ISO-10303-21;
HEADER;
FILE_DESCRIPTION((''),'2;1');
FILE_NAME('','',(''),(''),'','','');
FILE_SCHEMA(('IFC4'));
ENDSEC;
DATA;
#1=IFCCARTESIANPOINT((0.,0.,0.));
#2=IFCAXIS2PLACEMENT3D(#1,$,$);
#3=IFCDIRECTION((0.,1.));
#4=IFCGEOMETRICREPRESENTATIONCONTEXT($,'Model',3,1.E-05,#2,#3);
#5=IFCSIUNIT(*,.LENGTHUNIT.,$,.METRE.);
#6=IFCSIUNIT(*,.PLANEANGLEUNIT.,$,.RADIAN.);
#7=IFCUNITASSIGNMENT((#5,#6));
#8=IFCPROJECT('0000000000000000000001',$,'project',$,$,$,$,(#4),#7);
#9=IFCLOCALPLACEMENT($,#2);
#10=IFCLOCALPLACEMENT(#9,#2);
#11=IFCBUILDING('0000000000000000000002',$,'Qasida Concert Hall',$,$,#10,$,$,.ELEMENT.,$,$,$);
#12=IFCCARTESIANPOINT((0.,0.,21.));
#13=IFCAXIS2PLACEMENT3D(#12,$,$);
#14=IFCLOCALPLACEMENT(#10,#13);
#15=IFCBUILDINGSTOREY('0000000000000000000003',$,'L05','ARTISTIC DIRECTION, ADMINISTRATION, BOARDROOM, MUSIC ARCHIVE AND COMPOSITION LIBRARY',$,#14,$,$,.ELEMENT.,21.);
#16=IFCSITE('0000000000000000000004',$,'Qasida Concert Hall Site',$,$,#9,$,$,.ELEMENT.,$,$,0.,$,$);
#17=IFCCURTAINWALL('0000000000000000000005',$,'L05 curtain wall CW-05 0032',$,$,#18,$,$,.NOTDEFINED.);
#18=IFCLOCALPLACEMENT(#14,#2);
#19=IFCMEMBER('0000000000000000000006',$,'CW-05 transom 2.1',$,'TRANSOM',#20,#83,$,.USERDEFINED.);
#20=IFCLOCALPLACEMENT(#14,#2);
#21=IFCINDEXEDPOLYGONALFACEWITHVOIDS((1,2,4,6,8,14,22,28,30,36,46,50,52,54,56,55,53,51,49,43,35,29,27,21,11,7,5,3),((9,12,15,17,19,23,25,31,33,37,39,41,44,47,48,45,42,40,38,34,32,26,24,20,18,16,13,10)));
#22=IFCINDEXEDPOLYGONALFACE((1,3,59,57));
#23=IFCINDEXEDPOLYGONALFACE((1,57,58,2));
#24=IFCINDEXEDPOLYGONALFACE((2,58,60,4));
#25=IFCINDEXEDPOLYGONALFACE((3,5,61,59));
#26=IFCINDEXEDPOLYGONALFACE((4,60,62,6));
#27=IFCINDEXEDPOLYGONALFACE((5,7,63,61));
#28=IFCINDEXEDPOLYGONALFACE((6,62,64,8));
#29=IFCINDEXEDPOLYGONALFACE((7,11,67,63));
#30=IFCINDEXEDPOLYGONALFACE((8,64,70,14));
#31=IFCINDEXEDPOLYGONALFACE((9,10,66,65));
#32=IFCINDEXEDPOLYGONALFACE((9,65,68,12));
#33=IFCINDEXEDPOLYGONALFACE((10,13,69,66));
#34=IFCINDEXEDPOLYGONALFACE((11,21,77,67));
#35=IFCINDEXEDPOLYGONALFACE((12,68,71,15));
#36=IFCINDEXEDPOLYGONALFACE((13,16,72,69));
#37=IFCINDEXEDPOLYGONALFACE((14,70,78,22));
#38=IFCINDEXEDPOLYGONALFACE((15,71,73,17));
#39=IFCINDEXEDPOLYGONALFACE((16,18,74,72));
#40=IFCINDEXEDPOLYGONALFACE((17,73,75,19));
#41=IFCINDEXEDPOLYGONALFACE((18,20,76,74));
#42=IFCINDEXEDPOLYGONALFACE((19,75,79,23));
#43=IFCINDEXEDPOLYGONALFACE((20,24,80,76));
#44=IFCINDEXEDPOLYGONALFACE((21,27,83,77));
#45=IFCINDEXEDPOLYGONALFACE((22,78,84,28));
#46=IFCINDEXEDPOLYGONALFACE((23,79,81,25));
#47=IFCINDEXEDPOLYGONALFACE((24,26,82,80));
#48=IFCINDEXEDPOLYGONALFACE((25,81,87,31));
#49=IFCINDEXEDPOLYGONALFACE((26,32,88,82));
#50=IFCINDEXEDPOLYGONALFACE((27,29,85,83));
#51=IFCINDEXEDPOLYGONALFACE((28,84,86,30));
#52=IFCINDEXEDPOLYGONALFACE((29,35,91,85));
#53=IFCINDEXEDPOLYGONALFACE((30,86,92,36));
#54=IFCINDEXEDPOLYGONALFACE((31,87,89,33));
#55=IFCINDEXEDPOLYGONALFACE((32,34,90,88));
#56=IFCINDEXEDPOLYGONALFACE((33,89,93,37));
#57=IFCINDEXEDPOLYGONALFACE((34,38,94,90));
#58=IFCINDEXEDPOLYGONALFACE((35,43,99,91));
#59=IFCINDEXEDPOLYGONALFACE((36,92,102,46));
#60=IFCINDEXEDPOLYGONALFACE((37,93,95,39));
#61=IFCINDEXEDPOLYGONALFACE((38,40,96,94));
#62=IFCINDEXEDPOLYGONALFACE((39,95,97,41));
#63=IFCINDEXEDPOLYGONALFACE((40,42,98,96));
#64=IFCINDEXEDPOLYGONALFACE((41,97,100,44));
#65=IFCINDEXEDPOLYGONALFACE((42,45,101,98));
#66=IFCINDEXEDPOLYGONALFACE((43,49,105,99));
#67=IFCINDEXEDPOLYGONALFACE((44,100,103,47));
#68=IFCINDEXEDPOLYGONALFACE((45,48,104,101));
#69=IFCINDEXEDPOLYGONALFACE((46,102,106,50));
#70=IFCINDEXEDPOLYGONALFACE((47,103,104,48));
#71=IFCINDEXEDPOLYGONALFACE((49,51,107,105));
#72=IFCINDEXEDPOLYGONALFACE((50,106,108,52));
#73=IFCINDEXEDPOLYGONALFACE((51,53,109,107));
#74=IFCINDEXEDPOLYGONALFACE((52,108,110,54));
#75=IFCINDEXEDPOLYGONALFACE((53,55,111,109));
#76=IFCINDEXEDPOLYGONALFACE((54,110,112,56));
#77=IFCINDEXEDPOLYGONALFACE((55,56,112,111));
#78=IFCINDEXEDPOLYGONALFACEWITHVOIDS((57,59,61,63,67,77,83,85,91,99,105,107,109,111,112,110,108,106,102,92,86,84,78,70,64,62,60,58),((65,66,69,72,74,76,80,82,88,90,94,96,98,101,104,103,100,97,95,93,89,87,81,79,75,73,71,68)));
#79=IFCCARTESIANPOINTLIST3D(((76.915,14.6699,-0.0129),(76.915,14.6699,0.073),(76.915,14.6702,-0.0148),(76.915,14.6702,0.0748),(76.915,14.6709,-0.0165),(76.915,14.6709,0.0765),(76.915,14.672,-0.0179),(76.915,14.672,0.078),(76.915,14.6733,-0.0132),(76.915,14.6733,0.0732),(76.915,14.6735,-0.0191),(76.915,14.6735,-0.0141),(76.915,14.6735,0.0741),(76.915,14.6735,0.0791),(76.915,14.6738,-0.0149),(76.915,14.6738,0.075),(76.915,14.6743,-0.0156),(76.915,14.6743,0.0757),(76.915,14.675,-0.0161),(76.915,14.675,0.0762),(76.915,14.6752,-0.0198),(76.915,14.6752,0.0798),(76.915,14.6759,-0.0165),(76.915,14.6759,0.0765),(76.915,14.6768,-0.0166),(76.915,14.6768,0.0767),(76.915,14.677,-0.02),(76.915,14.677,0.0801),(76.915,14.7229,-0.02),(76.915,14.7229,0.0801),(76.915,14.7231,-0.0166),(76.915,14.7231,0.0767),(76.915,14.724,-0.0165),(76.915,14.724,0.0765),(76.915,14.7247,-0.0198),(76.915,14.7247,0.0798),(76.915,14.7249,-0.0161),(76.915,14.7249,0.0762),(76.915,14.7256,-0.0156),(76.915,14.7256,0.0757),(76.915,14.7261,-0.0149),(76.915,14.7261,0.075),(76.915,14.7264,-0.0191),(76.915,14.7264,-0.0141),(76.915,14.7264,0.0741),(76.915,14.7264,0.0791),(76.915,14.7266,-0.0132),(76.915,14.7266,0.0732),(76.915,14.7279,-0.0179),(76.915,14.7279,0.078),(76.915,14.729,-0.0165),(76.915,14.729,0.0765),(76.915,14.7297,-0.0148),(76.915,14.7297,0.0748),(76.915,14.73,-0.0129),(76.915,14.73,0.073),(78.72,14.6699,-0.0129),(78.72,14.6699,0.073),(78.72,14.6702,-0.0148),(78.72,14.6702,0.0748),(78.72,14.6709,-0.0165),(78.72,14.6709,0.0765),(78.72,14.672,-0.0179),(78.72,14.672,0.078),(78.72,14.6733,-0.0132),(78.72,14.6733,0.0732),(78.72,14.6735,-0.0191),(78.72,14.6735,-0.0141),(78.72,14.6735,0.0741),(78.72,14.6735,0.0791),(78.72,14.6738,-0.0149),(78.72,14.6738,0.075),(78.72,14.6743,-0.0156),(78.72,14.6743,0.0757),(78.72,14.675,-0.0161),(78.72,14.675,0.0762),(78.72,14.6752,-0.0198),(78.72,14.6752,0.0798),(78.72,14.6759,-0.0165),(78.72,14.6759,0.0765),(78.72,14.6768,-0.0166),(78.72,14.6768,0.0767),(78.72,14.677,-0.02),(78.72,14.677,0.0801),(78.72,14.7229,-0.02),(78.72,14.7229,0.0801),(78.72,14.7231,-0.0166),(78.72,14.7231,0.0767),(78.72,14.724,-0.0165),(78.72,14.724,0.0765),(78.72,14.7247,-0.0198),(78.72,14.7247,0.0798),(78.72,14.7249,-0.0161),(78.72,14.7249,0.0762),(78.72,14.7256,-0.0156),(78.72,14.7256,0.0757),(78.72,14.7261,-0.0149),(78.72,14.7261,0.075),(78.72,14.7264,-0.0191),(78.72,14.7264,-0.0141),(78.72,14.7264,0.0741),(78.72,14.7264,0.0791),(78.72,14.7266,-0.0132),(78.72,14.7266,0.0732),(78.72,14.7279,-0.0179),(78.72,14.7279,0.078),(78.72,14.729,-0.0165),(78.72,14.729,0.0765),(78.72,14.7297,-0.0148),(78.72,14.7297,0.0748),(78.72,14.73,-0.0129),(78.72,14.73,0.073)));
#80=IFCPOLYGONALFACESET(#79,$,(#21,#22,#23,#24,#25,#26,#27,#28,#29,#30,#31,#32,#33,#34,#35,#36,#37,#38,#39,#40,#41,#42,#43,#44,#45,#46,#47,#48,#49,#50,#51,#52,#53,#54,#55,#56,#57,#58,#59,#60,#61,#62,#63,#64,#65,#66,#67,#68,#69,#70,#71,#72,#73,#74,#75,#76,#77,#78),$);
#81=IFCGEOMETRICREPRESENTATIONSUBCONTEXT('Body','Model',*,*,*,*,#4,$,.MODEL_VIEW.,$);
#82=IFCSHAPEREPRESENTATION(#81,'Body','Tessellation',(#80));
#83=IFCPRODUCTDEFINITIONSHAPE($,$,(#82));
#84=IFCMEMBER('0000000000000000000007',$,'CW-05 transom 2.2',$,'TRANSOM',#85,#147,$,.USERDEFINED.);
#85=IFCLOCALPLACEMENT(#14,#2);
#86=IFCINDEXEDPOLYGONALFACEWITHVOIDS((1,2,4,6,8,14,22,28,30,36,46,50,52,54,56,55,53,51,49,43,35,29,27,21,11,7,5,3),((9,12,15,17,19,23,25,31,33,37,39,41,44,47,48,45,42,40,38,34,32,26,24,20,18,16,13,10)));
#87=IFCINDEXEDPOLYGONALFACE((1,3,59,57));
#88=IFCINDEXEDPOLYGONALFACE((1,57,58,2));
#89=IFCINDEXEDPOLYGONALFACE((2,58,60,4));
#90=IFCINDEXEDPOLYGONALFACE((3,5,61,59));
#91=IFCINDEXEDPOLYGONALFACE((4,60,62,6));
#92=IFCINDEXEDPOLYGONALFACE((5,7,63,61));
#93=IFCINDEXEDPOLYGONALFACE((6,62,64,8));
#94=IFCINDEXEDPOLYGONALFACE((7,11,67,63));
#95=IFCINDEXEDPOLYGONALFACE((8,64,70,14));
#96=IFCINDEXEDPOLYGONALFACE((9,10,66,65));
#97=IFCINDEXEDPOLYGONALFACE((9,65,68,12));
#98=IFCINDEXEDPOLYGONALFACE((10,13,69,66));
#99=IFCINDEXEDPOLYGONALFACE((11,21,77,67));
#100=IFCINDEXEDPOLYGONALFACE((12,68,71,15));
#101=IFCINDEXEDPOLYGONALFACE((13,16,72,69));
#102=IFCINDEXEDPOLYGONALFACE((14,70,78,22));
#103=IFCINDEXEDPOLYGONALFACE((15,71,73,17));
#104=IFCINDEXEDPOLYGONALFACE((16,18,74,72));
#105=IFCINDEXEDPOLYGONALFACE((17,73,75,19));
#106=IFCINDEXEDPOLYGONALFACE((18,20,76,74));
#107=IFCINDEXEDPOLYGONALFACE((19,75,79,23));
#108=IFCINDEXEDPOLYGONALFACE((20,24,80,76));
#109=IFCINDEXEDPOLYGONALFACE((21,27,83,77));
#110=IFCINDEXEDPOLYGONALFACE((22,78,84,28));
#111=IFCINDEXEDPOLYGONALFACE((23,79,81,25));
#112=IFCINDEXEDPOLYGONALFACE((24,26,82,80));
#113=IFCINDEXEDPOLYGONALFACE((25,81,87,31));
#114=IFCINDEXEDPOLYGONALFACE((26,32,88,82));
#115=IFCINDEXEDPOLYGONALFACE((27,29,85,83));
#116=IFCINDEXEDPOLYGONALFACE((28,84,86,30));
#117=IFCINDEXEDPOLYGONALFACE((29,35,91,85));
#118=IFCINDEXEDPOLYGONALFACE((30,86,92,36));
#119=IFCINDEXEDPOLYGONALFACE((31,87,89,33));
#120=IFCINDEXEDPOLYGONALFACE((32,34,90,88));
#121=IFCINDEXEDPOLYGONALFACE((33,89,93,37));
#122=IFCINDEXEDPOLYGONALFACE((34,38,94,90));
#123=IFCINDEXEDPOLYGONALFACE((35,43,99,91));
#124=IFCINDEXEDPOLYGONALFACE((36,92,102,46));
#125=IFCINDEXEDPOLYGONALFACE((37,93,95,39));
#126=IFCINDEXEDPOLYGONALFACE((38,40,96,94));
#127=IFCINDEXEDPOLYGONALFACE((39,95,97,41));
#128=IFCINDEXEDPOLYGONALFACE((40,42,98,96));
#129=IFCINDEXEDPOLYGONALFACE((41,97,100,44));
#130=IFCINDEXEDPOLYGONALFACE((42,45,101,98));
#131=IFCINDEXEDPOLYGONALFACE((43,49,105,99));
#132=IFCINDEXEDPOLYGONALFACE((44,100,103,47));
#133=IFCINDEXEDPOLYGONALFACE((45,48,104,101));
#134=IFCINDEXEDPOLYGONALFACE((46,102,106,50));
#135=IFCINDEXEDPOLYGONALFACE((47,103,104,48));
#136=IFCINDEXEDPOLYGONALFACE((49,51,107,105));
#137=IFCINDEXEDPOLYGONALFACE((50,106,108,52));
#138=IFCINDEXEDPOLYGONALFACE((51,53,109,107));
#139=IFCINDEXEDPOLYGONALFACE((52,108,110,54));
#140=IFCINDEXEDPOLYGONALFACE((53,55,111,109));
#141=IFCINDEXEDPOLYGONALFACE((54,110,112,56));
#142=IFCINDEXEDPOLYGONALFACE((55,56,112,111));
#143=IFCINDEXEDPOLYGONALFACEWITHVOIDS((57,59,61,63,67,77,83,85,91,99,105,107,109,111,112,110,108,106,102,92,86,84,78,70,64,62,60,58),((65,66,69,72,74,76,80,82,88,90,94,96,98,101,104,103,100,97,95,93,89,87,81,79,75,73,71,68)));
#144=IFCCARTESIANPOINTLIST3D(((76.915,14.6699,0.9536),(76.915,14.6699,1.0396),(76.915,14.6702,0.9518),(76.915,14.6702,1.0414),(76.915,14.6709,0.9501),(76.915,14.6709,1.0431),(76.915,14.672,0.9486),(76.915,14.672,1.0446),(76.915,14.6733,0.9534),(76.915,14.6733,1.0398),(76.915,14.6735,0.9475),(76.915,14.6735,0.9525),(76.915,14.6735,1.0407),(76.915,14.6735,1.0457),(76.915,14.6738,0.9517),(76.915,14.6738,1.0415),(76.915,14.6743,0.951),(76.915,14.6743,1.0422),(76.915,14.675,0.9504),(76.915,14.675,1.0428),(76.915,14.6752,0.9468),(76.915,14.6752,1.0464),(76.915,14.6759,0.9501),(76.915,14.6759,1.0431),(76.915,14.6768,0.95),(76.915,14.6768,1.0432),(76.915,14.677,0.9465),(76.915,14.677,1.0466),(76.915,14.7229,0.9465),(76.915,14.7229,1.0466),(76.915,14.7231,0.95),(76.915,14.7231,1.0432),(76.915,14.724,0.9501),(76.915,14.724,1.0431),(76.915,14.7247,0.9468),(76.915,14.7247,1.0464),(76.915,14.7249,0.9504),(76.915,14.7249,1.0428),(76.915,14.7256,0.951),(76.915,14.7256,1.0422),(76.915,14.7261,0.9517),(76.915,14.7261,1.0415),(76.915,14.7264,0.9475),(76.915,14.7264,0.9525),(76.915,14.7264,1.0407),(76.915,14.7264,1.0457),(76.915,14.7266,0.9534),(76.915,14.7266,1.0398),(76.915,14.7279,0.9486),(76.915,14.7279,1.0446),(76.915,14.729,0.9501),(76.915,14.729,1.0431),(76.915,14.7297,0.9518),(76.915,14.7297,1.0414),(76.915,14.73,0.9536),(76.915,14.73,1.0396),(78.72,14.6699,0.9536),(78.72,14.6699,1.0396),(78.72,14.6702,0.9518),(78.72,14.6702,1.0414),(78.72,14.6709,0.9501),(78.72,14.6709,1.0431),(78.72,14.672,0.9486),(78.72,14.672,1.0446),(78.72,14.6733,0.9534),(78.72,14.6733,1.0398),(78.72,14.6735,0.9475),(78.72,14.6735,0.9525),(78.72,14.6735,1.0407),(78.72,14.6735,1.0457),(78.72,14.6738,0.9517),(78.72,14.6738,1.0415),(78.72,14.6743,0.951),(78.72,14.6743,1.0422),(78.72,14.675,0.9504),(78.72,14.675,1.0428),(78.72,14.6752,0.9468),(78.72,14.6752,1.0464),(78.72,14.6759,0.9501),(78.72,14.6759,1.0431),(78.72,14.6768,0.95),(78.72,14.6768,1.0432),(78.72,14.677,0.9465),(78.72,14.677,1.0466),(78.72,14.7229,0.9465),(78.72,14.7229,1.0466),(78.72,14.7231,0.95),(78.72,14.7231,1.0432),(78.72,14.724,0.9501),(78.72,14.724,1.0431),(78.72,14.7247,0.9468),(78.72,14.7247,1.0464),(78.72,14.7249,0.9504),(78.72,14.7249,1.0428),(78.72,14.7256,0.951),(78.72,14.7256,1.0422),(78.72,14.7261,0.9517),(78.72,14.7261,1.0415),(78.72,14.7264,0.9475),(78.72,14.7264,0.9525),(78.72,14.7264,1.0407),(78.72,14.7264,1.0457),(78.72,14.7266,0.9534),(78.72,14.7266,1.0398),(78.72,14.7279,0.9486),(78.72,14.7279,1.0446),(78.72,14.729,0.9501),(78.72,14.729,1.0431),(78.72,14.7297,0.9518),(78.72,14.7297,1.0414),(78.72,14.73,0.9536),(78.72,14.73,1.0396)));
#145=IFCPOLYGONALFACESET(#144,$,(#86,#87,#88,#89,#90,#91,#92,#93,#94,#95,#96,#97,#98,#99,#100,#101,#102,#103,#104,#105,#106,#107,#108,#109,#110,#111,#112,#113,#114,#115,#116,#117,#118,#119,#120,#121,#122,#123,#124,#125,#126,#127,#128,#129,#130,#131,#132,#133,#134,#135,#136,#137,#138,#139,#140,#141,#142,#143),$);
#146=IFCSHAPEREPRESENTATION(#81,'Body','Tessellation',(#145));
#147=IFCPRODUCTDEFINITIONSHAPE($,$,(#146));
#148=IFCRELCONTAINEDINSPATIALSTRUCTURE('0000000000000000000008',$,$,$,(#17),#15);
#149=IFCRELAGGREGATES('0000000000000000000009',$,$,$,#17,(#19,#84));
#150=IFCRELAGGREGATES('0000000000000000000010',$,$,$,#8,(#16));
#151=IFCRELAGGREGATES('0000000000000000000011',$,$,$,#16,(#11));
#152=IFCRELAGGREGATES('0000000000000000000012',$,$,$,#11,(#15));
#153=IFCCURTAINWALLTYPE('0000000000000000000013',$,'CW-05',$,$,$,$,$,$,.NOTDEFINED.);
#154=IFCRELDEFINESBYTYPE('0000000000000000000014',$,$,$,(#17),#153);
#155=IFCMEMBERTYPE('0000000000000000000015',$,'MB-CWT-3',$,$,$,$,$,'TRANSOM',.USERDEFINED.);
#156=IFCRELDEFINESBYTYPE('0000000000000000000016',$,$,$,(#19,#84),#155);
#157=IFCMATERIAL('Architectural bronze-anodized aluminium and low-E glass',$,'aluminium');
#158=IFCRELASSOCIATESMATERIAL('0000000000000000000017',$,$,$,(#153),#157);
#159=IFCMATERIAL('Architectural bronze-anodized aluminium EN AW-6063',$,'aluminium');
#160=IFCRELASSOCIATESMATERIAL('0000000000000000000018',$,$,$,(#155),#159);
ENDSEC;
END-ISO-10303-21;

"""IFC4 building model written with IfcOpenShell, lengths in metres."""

from ifc_helpers import new_model, si_unit, direction, frame, origin, origin_2d, place, context, subcontext, project, spatial, hollow_rectangle, extrude, material, material_profile, profile_set, type_object, element, aggregate, save


model = new_model("IFC4")

# Units and contexts
model_context = context("Model", 3, precision=1e-05, world=origin(), true_north=direction((0.0, 1.0)))
body_context = subcontext(model_context, "Body", "Model", "MODEL_VIEW")
ifc_project = project(units=[si_unit("LENGTHUNIT", "METRE"), si_unit("PLANEANGLEUNIT", "RADIAN")], contexts=[model_context])

# Site, building, storey
site_placement = place(None, origin())
site = spatial("IfcSite", under=ifc_project, at=site_placement, Name="Qasida Concert Hall Site", CompositionType="ELEMENT", RefElevation=0.0)
building_placement = place(site_placement, origin())
building = spatial("IfcBuilding", under=site, at=building_placement, Name="Qasida Concert Hall", CompositionType="ELEMENT")
storey_placement = place(building_placement, frame((0.0, 0.0, 21.0)))
storey = spatial("IfcBuildingStorey", under=building, at=storey_placement, Name="L05", Description="ARTISTIC DIRECTION, ADMINISTRATION, BOARDROOM, MUSIC ARCHIVE AND COMPOSITION LIBRARY", CompositionType="ELEMENT", Elevation=21.0)

# Shared definitions
ifc_material_1 = material(Name="Architectural bronze-anodized aluminium and low-E glass", Category="aluminium")
curtain_wall_type = type_object("IfcCurtainWallType", Name="CW-05", PredefinedType="NOTDEFINED", material=ifc_material_1)
ifc_material_2 = material(Name="Architectural bronze-anodized aluminium EN AW-6063", Category="aluminium")

# Curtain wall
curtain_wall_1_placement = place(storey_placement, origin())
curtain_wall_1 = element("IfcCurtainWall", 1, at=curtain_wall_1_placement, inside=storey, type_object=curtain_wall_type, Name="L05 curtain wall CW-05 0032", PredefinedType="NOTDEFINED")

# Members
ifc_material_profile_1 = material_profile(ifc_material_2, hollow_rectangle(XDim=0.0601, YDim=0.1001, WallThickness=0.0034, InnerFilletRadius=0.0034, OuterFilletRadius=0.0071, at=origin_2d()), Name="CWT 100x60x3.5")
ifc_profile_set_1 = profile_set([ifc_material_profile_1], Name="Architectural bronze-anodized aluminium EN AW-6063")
member_type_1 = type_object("IfcMemberType", Name="MB-CWT-3", ElementType="TRANSOM", PredefinedType="USERDEFINED", material=ifc_profile_set_1)
member_1_placement = place(storey_placement, frame((76.915, 14.7, 0.03), z_axis=(1.0, 0.0, 0.0), x_axis=(0.0, 1.0, 0.0)))
member_1 = element("IfcMember", 2, at=member_1_placement, type_object=member_type_1, Name="CW-05 transom 2.1", ObjectType="TRANSOM", PredefinedType="USERDEFINED", context=body_context, shape_type="SweptSolid", body=[
    extrude(hollow_rectangle(XDim=0.0601, YDim=0.1001, WallThickness=0.0034, InnerFilletRadius=0.0034, OuterFilletRadius=0.0071, at=origin_2d()), origin(), (0.0, 0.0, 1.0), 1.8049),
])
member_2_placement = place(storey_placement, frame((76.915, 14.7, 0.9966), z_axis=(1.0, 0.0, 0.0), x_axis=(0.0, 1.0, 0.0)))
member_2 = element("IfcMember", 3, at=member_2_placement, type_object=member_type_1, Name="CW-05 transom 2.2", ObjectType="TRANSOM", PredefinedType="USERDEFINED", context=body_context, shape_type="SweptSolid", body=[
    extrude(hollow_rectangle(XDim=0.0601, YDim=0.1001, WallThickness=0.0034, InnerFilletRadius=0.0034, OuterFilletRadius=0.0071, at=origin_2d()), origin(), (0.0, 0.0, 1.0), 1.8049),
])

aggregate(curtain_wall_1, [member_1, member_2])

save(model, "model.ifc")
